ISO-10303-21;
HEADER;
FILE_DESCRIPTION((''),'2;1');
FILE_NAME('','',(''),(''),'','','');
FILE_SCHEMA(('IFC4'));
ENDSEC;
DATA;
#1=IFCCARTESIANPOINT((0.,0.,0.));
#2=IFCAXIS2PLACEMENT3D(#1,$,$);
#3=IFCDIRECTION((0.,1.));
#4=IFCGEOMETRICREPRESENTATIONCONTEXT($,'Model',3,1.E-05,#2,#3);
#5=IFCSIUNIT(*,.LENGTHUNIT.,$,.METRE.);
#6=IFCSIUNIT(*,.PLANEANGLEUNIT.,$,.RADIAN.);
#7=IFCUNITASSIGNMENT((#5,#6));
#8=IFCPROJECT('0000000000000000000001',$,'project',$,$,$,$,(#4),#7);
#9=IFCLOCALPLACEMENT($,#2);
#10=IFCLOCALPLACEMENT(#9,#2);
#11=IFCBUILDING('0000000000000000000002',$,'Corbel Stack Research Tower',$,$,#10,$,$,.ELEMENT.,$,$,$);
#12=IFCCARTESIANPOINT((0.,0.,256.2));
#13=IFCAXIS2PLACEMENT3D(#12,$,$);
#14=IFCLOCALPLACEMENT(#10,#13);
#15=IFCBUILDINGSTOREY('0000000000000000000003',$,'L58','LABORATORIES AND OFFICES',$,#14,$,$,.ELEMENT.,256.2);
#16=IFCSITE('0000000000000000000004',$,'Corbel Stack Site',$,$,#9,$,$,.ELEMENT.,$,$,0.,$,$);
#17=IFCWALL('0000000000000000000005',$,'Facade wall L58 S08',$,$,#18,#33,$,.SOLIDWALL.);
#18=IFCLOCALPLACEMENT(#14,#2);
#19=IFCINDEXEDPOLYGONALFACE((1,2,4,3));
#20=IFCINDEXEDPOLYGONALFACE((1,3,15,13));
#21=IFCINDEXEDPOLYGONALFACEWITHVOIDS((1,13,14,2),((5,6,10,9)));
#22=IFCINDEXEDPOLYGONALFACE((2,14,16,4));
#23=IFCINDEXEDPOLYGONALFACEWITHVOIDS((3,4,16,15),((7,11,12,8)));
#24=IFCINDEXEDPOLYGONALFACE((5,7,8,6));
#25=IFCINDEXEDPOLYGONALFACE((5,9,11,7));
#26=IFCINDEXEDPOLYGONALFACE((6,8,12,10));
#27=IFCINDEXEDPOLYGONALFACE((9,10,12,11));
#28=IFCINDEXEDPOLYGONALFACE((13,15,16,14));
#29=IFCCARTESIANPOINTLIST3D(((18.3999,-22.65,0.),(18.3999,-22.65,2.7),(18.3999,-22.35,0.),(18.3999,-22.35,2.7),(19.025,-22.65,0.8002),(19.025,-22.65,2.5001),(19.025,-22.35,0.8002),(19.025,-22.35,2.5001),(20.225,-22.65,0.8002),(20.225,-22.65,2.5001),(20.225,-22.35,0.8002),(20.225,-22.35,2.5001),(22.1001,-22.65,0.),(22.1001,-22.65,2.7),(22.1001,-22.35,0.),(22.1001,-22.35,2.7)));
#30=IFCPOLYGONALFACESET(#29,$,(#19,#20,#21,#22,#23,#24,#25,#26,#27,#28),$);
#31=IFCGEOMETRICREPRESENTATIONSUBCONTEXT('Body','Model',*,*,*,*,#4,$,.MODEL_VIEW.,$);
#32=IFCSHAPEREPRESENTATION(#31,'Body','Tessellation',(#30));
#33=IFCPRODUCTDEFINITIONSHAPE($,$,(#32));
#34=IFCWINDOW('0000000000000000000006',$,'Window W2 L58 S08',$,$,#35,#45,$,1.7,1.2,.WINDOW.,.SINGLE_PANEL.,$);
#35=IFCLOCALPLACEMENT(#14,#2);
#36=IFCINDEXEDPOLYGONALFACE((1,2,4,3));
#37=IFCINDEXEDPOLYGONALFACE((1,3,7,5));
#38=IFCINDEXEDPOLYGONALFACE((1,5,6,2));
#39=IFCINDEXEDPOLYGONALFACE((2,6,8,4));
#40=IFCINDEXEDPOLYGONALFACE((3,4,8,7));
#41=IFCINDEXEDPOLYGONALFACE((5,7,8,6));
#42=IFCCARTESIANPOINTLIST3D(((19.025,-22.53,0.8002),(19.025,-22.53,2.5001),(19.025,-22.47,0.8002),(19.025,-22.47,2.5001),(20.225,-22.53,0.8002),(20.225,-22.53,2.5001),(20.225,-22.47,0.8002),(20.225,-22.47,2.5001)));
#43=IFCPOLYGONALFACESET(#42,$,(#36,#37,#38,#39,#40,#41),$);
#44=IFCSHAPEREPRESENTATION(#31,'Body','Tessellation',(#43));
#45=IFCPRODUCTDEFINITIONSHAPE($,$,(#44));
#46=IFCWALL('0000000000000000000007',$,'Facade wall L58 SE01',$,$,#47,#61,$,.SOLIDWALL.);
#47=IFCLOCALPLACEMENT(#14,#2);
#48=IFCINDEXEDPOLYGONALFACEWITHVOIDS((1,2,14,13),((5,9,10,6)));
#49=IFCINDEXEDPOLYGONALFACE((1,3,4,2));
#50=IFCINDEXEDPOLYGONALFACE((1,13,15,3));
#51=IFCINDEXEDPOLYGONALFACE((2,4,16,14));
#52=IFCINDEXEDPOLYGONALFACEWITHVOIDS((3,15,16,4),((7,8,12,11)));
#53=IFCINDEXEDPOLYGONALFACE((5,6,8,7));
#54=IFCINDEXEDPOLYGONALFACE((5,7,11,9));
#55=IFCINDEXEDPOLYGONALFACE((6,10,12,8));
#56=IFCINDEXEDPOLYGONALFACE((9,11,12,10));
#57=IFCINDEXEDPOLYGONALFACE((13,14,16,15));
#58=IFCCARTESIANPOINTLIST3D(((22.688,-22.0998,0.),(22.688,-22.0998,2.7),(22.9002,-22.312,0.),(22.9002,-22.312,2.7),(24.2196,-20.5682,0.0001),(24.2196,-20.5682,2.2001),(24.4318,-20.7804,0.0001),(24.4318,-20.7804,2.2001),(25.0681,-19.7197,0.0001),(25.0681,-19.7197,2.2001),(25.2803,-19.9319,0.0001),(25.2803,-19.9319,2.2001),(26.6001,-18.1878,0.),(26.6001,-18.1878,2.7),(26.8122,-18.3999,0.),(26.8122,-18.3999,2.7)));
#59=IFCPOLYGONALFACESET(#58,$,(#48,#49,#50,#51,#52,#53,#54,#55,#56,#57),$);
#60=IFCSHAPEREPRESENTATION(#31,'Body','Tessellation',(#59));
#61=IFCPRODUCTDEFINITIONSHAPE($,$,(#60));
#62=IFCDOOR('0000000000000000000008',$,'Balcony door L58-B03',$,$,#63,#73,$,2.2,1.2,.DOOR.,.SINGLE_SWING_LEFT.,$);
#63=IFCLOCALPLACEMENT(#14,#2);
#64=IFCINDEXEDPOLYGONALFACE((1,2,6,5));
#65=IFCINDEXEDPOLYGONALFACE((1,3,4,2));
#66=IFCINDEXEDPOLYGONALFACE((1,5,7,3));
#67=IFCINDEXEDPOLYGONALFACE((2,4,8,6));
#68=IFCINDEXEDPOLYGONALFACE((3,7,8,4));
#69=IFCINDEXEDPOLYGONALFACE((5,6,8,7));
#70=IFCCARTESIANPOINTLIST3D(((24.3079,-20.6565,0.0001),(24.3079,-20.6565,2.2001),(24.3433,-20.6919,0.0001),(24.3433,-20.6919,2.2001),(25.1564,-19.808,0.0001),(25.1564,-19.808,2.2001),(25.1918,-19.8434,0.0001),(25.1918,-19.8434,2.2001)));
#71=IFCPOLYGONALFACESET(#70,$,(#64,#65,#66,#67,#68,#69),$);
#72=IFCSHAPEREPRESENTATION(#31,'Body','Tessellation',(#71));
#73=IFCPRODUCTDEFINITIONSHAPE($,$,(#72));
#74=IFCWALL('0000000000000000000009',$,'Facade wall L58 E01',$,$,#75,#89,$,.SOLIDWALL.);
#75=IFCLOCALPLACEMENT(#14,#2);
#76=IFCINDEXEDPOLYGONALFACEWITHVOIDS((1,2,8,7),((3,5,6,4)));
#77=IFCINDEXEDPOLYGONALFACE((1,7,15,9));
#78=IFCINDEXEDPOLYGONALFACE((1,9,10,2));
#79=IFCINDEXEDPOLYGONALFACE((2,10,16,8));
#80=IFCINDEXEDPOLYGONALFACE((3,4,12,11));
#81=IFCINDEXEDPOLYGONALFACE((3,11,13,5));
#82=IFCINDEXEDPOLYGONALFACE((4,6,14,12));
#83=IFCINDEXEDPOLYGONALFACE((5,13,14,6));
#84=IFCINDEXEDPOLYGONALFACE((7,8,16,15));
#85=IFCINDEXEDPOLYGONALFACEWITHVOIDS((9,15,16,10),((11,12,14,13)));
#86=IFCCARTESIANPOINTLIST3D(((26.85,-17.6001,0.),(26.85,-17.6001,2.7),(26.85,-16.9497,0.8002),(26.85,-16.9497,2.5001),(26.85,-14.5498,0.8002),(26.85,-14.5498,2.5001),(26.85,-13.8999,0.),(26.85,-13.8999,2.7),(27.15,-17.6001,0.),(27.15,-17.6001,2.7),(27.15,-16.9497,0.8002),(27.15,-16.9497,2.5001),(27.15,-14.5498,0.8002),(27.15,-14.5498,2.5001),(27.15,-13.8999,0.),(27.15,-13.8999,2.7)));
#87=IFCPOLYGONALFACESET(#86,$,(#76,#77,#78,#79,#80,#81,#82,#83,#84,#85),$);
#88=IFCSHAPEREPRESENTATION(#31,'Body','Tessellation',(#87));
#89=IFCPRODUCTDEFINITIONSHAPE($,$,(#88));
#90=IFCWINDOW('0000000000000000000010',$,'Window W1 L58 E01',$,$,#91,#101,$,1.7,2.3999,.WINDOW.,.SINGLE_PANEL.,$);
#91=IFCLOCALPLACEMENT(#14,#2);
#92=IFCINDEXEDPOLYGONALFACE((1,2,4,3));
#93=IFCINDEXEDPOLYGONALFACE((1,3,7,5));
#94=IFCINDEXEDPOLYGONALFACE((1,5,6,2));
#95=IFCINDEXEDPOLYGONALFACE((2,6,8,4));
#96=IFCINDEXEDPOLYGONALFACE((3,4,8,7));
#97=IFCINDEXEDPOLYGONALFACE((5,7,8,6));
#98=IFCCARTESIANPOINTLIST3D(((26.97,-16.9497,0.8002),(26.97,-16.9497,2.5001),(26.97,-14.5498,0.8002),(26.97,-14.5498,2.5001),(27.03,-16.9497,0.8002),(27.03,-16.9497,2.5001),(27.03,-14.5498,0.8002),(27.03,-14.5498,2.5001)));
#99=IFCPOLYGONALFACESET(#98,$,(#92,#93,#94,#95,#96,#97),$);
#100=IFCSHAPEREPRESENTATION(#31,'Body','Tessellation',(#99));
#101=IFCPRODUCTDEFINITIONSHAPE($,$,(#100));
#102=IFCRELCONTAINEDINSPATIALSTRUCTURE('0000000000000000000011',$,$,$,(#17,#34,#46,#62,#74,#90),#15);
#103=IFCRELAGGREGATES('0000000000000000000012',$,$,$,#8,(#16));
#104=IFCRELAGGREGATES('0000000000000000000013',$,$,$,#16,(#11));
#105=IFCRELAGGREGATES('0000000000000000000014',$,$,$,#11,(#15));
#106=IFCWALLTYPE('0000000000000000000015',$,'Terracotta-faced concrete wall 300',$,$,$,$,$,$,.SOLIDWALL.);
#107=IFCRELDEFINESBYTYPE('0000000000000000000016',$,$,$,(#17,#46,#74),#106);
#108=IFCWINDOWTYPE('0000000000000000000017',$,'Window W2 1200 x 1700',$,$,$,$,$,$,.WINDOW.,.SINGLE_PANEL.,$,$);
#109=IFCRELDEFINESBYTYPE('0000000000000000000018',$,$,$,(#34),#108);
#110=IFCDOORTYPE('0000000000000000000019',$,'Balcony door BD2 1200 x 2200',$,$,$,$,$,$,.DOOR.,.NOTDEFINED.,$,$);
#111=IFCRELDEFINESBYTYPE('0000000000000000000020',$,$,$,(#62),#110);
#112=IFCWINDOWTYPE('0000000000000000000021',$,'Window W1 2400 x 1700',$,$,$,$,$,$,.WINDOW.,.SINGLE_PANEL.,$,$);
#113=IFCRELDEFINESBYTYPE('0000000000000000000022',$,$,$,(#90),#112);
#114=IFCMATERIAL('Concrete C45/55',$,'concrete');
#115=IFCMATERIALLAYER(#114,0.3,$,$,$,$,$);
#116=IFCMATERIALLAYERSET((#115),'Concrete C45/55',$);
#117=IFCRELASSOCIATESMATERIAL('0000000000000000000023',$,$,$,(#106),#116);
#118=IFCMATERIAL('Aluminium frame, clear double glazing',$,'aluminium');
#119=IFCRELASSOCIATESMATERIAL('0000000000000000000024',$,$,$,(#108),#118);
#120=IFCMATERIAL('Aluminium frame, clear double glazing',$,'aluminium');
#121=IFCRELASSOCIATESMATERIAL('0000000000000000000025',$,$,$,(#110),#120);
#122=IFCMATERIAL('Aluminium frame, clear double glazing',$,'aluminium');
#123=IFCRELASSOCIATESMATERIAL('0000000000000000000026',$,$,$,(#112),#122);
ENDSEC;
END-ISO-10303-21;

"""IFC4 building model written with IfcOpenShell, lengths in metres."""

from ifc_helpers import new_model, si_unit, direction, frame, frame_2d, origin, place, context, subcontext, project, spatial, rectangle, extrude, material, layer, layer_set, type_object, element, fill, save


model = new_model("IFC4")

# Units and contexts
model_context = context("Model", 3, precision=1e-05, world=origin(), true_north=direction((0.0, 1.0)))
body_context = subcontext(model_context, "Body", "Model", "MODEL_VIEW")
ifc_project = project(units=[si_unit("LENGTHUNIT", "METRE"), si_unit("PLANEANGLEUNIT", "RADIAN")], contexts=[model_context])

# Site, building, storey
site_placement = place(None, origin())
site = spatial("IfcSite", under=ifc_project, at=site_placement, Name="Corbel Stack Site", CompositionType="ELEMENT", RefElevation=0.0)
building_placement = place(site_placement, origin())
building = spatial("IfcBuilding", under=site, at=building_placement, Name="Corbel Stack Research Tower", CompositionType="ELEMENT")
storey_placement = place(building_placement, frame((0.0, 0.0, 256.2)))
storey = spatial("IfcBuildingStorey", under=building, at=storey_placement, Name="L58", Description="LABORATORIES AND OFFICES", CompositionType="ELEMENT", Elevation=256.2)

# Shared definitions
ifc_material_1 = material(Name="Concrete C45/55", Category="concrete")
ifc_layer_1 = layer(ifc_material_1, 0.3)
ifc_layer_set_1 = layer_set([ifc_layer_1], Name="Concrete C45/55")
wall_type_1 = type_object("IfcWallType", Name="Terracotta-faced concrete wall 300", PredefinedType="SOLIDWALL", material=ifc_layer_set_1)

# Wall, opening, window
wall_1_placement = place(storey_placement, frame((22.1001, -22.5, 0.0), z_axis=(0.0, 0.0, 1.0), x_axis=(-1.0, 0.0, 0.0)))
wall_1 = element("IfcWall", 1, at=wall_1_placement, inside=storey, type_object=wall_type_1, Name="Facade wall L58 S08", PredefinedType="SOLIDWALL", context=body_context, shape_type="SweptSolid", body=[
    extrude(rectangle(XDim=3.7002, YDim=0.3, at=frame_2d((1.8501, 0.0))), origin(), (0.0, 0.0, 1.0), 2.7),
])
opening_1_placement = place(wall_1_placement, frame((1.875, 0.0, 0.8)))
opening_1 = element("IfcOpeningElement", 2, at=opening_1_placement, cuts=wall_1, PredefinedType="OPENING", context=body_context, shape_type="SweptSolid", body=[
    extrude(rectangle(XDim=1.2, YDim=1.7, at=frame_2d((0.6001, 0.8501))), frame((0.0, 0.1599, 0.0), z_axis=(0.0, -1.0, 0.0), x_axis=(1.0, 0.0, 0.0)), (0.0, 0.0, 1.0), 0.3201),
])
ifc_material_2 = material(Name="Aluminium frame, clear double glazing", Category="aluminium")
window_type_1 = type_object("IfcWindowType", Name="Window W2 1200 x 1700", PartitioningType="SINGLE_PANEL", PredefinedType="WINDOW", material=ifc_material_2)
window_1_placement = place(opening_1_placement, origin())
window_1 = element("IfcWindow", 3, at=window_1_placement, inside=storey, type_object=window_type_1, Name="Window W2 L58 S08", OverallHeight=1.7, OverallWidth=1.2, PartitioningType="SINGLE_PANEL", PredefinedType="WINDOW", context=body_context, shape_type="SweptSolid", body=[
    extrude(rectangle(XDim=1.2, YDim=1.7, at=frame_2d((0.6001, 0.8501))), frame((0.0, 0.03, 0.0), z_axis=(0.0, -1.0, 0.0), x_axis=(1.0, 0.0, 0.0)), (0.0, 0.0, 1.0), 0.0601),
])
fill(opening_1, window_1)

# Wall, opening, door
wall_2_placement = place(storey_placement, frame((26.7061, -18.2939, 0.0), z_axis=(0.0, 0.0, 1.0), x_axis=(-0.707107, -0.707107, 0.0)))
wall_2 = element("IfcWall", 4, at=wall_2_placement, inside=storey, type_object=wall_type_1, Name="Facade wall L58 SE01", PredefinedType="SOLIDWALL", context=body_context, shape_type="SweptSolid", body=[
    extrude(rectangle(XDim=5.5325, YDim=0.3, at=frame_2d((2.7661, 0.0))), origin(), (0.0, 0.0, 1.0), 2.7),
])
opening_2_placement = place(wall_2_placement, frame((2.1663, 0.0, 0.0)))
opening_2 = element("IfcOpeningElement", 5, at=opening_2_placement, cuts=wall_2, PredefinedType="OPENING", context=body_context, shape_type="SweptSolid", body=[
    extrude(rectangle(XDim=1.2, YDim=2.2, at=frame_2d((0.6001, 1.1001))), frame((0.0, 0.1599, 0.0), z_axis=(0.0, -1.0, 0.0), x_axis=(1.0, 0.0, 0.0)), (0.0, 0.0, 1.0), 0.3201),
])
ifc_material_3 = material(Name="Aluminium frame, clear double glazing", Category="aluminium")
door_type_1 = type_object("IfcDoorType", Name="Balcony door BD2 1200 x 2200", OperationType="NOTDEFINED", PredefinedType="DOOR", material=ifc_material_3)
door_1_placement = place(opening_2_placement, origin())
door_1 = element("IfcDoor", 6, at=door_1_placement, inside=storey, type_object=door_type_1, Name="Balcony door L58-B03", OperationType="SINGLE_SWING_LEFT", OverallHeight=2.2, OverallWidth=1.2, PredefinedType="DOOR", context=body_context, shape_type="SweptSolid", body=[
    extrude(rectangle(XDim=1.2, YDim=2.2, at=frame_2d((0.6001, 1.1001))), frame((0.0, 0.0249, 0.0), z_axis=(0.0, -1.0, 0.0), x_axis=(1.0, 0.0, 0.0)), (0.0, 0.0, 1.0), 0.05),
])
fill(opening_2, door_1)

# Wall, opening, window
wall_3_placement = place(storey_placement, frame((27.0, -13.8999, 0.0), z_axis=(0.0, 0.0, 1.0), x_axis=(0.0, -1.0, 0.0)))
wall_3 = element("IfcWall", 7, at=wall_3_placement, inside=storey, type_object=wall_type_1, Name="Facade wall L58 E01", PredefinedType="SOLIDWALL", context=body_context, shape_type="SweptSolid", body=[
    extrude(rectangle(XDim=3.7002, YDim=0.3, at=frame_2d((1.8501, 0.0))), origin(), (0.0, 0.0, 1.0), 2.7),
])
opening_3_placement = place(wall_3_placement, frame((0.6499, 0.0, 0.8)))
opening_3 = element("IfcOpeningElement", 8, at=opening_3_placement, cuts=wall_3, PredefinedType="OPENING", context=body_context, shape_type="SweptSolid", body=[
    extrude(rectangle(XDim=2.3999, YDim=1.7, at=frame_2d((1.2, 0.8501))), frame((0.0, 0.1599, 0.0), z_axis=(0.0, -1.0, 0.0), x_axis=(1.0, 0.0, 0.0)), (0.0, 0.0, 1.0), 0.3201),
])
ifc_material_4 = material(Name="Aluminium frame, clear double glazing", Category="aluminium")
window_type_2 = type_object("IfcWindowType", Name="Window W1 2400 x 1700", PartitioningType="SINGLE_PANEL", PredefinedType="WINDOW", material=ifc_material_4)
window_2_placement = place(opening_3_placement, origin())
window_2 = element("IfcWindow", 9, at=window_2_placement, inside=storey, type_object=window_type_2, Name="Window W1 L58 E01", OverallHeight=1.7, OverallWidth=2.3999, PartitioningType="SINGLE_PANEL", PredefinedType="WINDOW", context=body_context, shape_type="SweptSolid", body=[
    extrude(rectangle(XDim=2.3999, YDim=1.7, at=frame_2d((1.2, 0.8501))), frame((0.0, 0.03, 0.0), z_axis=(0.0, -1.0, 0.0), x_axis=(1.0, 0.0, 0.0)), (0.0, 0.0, 1.0), 0.0601),
])
fill(opening_3, window_2)

save(model, "model.ifc")
